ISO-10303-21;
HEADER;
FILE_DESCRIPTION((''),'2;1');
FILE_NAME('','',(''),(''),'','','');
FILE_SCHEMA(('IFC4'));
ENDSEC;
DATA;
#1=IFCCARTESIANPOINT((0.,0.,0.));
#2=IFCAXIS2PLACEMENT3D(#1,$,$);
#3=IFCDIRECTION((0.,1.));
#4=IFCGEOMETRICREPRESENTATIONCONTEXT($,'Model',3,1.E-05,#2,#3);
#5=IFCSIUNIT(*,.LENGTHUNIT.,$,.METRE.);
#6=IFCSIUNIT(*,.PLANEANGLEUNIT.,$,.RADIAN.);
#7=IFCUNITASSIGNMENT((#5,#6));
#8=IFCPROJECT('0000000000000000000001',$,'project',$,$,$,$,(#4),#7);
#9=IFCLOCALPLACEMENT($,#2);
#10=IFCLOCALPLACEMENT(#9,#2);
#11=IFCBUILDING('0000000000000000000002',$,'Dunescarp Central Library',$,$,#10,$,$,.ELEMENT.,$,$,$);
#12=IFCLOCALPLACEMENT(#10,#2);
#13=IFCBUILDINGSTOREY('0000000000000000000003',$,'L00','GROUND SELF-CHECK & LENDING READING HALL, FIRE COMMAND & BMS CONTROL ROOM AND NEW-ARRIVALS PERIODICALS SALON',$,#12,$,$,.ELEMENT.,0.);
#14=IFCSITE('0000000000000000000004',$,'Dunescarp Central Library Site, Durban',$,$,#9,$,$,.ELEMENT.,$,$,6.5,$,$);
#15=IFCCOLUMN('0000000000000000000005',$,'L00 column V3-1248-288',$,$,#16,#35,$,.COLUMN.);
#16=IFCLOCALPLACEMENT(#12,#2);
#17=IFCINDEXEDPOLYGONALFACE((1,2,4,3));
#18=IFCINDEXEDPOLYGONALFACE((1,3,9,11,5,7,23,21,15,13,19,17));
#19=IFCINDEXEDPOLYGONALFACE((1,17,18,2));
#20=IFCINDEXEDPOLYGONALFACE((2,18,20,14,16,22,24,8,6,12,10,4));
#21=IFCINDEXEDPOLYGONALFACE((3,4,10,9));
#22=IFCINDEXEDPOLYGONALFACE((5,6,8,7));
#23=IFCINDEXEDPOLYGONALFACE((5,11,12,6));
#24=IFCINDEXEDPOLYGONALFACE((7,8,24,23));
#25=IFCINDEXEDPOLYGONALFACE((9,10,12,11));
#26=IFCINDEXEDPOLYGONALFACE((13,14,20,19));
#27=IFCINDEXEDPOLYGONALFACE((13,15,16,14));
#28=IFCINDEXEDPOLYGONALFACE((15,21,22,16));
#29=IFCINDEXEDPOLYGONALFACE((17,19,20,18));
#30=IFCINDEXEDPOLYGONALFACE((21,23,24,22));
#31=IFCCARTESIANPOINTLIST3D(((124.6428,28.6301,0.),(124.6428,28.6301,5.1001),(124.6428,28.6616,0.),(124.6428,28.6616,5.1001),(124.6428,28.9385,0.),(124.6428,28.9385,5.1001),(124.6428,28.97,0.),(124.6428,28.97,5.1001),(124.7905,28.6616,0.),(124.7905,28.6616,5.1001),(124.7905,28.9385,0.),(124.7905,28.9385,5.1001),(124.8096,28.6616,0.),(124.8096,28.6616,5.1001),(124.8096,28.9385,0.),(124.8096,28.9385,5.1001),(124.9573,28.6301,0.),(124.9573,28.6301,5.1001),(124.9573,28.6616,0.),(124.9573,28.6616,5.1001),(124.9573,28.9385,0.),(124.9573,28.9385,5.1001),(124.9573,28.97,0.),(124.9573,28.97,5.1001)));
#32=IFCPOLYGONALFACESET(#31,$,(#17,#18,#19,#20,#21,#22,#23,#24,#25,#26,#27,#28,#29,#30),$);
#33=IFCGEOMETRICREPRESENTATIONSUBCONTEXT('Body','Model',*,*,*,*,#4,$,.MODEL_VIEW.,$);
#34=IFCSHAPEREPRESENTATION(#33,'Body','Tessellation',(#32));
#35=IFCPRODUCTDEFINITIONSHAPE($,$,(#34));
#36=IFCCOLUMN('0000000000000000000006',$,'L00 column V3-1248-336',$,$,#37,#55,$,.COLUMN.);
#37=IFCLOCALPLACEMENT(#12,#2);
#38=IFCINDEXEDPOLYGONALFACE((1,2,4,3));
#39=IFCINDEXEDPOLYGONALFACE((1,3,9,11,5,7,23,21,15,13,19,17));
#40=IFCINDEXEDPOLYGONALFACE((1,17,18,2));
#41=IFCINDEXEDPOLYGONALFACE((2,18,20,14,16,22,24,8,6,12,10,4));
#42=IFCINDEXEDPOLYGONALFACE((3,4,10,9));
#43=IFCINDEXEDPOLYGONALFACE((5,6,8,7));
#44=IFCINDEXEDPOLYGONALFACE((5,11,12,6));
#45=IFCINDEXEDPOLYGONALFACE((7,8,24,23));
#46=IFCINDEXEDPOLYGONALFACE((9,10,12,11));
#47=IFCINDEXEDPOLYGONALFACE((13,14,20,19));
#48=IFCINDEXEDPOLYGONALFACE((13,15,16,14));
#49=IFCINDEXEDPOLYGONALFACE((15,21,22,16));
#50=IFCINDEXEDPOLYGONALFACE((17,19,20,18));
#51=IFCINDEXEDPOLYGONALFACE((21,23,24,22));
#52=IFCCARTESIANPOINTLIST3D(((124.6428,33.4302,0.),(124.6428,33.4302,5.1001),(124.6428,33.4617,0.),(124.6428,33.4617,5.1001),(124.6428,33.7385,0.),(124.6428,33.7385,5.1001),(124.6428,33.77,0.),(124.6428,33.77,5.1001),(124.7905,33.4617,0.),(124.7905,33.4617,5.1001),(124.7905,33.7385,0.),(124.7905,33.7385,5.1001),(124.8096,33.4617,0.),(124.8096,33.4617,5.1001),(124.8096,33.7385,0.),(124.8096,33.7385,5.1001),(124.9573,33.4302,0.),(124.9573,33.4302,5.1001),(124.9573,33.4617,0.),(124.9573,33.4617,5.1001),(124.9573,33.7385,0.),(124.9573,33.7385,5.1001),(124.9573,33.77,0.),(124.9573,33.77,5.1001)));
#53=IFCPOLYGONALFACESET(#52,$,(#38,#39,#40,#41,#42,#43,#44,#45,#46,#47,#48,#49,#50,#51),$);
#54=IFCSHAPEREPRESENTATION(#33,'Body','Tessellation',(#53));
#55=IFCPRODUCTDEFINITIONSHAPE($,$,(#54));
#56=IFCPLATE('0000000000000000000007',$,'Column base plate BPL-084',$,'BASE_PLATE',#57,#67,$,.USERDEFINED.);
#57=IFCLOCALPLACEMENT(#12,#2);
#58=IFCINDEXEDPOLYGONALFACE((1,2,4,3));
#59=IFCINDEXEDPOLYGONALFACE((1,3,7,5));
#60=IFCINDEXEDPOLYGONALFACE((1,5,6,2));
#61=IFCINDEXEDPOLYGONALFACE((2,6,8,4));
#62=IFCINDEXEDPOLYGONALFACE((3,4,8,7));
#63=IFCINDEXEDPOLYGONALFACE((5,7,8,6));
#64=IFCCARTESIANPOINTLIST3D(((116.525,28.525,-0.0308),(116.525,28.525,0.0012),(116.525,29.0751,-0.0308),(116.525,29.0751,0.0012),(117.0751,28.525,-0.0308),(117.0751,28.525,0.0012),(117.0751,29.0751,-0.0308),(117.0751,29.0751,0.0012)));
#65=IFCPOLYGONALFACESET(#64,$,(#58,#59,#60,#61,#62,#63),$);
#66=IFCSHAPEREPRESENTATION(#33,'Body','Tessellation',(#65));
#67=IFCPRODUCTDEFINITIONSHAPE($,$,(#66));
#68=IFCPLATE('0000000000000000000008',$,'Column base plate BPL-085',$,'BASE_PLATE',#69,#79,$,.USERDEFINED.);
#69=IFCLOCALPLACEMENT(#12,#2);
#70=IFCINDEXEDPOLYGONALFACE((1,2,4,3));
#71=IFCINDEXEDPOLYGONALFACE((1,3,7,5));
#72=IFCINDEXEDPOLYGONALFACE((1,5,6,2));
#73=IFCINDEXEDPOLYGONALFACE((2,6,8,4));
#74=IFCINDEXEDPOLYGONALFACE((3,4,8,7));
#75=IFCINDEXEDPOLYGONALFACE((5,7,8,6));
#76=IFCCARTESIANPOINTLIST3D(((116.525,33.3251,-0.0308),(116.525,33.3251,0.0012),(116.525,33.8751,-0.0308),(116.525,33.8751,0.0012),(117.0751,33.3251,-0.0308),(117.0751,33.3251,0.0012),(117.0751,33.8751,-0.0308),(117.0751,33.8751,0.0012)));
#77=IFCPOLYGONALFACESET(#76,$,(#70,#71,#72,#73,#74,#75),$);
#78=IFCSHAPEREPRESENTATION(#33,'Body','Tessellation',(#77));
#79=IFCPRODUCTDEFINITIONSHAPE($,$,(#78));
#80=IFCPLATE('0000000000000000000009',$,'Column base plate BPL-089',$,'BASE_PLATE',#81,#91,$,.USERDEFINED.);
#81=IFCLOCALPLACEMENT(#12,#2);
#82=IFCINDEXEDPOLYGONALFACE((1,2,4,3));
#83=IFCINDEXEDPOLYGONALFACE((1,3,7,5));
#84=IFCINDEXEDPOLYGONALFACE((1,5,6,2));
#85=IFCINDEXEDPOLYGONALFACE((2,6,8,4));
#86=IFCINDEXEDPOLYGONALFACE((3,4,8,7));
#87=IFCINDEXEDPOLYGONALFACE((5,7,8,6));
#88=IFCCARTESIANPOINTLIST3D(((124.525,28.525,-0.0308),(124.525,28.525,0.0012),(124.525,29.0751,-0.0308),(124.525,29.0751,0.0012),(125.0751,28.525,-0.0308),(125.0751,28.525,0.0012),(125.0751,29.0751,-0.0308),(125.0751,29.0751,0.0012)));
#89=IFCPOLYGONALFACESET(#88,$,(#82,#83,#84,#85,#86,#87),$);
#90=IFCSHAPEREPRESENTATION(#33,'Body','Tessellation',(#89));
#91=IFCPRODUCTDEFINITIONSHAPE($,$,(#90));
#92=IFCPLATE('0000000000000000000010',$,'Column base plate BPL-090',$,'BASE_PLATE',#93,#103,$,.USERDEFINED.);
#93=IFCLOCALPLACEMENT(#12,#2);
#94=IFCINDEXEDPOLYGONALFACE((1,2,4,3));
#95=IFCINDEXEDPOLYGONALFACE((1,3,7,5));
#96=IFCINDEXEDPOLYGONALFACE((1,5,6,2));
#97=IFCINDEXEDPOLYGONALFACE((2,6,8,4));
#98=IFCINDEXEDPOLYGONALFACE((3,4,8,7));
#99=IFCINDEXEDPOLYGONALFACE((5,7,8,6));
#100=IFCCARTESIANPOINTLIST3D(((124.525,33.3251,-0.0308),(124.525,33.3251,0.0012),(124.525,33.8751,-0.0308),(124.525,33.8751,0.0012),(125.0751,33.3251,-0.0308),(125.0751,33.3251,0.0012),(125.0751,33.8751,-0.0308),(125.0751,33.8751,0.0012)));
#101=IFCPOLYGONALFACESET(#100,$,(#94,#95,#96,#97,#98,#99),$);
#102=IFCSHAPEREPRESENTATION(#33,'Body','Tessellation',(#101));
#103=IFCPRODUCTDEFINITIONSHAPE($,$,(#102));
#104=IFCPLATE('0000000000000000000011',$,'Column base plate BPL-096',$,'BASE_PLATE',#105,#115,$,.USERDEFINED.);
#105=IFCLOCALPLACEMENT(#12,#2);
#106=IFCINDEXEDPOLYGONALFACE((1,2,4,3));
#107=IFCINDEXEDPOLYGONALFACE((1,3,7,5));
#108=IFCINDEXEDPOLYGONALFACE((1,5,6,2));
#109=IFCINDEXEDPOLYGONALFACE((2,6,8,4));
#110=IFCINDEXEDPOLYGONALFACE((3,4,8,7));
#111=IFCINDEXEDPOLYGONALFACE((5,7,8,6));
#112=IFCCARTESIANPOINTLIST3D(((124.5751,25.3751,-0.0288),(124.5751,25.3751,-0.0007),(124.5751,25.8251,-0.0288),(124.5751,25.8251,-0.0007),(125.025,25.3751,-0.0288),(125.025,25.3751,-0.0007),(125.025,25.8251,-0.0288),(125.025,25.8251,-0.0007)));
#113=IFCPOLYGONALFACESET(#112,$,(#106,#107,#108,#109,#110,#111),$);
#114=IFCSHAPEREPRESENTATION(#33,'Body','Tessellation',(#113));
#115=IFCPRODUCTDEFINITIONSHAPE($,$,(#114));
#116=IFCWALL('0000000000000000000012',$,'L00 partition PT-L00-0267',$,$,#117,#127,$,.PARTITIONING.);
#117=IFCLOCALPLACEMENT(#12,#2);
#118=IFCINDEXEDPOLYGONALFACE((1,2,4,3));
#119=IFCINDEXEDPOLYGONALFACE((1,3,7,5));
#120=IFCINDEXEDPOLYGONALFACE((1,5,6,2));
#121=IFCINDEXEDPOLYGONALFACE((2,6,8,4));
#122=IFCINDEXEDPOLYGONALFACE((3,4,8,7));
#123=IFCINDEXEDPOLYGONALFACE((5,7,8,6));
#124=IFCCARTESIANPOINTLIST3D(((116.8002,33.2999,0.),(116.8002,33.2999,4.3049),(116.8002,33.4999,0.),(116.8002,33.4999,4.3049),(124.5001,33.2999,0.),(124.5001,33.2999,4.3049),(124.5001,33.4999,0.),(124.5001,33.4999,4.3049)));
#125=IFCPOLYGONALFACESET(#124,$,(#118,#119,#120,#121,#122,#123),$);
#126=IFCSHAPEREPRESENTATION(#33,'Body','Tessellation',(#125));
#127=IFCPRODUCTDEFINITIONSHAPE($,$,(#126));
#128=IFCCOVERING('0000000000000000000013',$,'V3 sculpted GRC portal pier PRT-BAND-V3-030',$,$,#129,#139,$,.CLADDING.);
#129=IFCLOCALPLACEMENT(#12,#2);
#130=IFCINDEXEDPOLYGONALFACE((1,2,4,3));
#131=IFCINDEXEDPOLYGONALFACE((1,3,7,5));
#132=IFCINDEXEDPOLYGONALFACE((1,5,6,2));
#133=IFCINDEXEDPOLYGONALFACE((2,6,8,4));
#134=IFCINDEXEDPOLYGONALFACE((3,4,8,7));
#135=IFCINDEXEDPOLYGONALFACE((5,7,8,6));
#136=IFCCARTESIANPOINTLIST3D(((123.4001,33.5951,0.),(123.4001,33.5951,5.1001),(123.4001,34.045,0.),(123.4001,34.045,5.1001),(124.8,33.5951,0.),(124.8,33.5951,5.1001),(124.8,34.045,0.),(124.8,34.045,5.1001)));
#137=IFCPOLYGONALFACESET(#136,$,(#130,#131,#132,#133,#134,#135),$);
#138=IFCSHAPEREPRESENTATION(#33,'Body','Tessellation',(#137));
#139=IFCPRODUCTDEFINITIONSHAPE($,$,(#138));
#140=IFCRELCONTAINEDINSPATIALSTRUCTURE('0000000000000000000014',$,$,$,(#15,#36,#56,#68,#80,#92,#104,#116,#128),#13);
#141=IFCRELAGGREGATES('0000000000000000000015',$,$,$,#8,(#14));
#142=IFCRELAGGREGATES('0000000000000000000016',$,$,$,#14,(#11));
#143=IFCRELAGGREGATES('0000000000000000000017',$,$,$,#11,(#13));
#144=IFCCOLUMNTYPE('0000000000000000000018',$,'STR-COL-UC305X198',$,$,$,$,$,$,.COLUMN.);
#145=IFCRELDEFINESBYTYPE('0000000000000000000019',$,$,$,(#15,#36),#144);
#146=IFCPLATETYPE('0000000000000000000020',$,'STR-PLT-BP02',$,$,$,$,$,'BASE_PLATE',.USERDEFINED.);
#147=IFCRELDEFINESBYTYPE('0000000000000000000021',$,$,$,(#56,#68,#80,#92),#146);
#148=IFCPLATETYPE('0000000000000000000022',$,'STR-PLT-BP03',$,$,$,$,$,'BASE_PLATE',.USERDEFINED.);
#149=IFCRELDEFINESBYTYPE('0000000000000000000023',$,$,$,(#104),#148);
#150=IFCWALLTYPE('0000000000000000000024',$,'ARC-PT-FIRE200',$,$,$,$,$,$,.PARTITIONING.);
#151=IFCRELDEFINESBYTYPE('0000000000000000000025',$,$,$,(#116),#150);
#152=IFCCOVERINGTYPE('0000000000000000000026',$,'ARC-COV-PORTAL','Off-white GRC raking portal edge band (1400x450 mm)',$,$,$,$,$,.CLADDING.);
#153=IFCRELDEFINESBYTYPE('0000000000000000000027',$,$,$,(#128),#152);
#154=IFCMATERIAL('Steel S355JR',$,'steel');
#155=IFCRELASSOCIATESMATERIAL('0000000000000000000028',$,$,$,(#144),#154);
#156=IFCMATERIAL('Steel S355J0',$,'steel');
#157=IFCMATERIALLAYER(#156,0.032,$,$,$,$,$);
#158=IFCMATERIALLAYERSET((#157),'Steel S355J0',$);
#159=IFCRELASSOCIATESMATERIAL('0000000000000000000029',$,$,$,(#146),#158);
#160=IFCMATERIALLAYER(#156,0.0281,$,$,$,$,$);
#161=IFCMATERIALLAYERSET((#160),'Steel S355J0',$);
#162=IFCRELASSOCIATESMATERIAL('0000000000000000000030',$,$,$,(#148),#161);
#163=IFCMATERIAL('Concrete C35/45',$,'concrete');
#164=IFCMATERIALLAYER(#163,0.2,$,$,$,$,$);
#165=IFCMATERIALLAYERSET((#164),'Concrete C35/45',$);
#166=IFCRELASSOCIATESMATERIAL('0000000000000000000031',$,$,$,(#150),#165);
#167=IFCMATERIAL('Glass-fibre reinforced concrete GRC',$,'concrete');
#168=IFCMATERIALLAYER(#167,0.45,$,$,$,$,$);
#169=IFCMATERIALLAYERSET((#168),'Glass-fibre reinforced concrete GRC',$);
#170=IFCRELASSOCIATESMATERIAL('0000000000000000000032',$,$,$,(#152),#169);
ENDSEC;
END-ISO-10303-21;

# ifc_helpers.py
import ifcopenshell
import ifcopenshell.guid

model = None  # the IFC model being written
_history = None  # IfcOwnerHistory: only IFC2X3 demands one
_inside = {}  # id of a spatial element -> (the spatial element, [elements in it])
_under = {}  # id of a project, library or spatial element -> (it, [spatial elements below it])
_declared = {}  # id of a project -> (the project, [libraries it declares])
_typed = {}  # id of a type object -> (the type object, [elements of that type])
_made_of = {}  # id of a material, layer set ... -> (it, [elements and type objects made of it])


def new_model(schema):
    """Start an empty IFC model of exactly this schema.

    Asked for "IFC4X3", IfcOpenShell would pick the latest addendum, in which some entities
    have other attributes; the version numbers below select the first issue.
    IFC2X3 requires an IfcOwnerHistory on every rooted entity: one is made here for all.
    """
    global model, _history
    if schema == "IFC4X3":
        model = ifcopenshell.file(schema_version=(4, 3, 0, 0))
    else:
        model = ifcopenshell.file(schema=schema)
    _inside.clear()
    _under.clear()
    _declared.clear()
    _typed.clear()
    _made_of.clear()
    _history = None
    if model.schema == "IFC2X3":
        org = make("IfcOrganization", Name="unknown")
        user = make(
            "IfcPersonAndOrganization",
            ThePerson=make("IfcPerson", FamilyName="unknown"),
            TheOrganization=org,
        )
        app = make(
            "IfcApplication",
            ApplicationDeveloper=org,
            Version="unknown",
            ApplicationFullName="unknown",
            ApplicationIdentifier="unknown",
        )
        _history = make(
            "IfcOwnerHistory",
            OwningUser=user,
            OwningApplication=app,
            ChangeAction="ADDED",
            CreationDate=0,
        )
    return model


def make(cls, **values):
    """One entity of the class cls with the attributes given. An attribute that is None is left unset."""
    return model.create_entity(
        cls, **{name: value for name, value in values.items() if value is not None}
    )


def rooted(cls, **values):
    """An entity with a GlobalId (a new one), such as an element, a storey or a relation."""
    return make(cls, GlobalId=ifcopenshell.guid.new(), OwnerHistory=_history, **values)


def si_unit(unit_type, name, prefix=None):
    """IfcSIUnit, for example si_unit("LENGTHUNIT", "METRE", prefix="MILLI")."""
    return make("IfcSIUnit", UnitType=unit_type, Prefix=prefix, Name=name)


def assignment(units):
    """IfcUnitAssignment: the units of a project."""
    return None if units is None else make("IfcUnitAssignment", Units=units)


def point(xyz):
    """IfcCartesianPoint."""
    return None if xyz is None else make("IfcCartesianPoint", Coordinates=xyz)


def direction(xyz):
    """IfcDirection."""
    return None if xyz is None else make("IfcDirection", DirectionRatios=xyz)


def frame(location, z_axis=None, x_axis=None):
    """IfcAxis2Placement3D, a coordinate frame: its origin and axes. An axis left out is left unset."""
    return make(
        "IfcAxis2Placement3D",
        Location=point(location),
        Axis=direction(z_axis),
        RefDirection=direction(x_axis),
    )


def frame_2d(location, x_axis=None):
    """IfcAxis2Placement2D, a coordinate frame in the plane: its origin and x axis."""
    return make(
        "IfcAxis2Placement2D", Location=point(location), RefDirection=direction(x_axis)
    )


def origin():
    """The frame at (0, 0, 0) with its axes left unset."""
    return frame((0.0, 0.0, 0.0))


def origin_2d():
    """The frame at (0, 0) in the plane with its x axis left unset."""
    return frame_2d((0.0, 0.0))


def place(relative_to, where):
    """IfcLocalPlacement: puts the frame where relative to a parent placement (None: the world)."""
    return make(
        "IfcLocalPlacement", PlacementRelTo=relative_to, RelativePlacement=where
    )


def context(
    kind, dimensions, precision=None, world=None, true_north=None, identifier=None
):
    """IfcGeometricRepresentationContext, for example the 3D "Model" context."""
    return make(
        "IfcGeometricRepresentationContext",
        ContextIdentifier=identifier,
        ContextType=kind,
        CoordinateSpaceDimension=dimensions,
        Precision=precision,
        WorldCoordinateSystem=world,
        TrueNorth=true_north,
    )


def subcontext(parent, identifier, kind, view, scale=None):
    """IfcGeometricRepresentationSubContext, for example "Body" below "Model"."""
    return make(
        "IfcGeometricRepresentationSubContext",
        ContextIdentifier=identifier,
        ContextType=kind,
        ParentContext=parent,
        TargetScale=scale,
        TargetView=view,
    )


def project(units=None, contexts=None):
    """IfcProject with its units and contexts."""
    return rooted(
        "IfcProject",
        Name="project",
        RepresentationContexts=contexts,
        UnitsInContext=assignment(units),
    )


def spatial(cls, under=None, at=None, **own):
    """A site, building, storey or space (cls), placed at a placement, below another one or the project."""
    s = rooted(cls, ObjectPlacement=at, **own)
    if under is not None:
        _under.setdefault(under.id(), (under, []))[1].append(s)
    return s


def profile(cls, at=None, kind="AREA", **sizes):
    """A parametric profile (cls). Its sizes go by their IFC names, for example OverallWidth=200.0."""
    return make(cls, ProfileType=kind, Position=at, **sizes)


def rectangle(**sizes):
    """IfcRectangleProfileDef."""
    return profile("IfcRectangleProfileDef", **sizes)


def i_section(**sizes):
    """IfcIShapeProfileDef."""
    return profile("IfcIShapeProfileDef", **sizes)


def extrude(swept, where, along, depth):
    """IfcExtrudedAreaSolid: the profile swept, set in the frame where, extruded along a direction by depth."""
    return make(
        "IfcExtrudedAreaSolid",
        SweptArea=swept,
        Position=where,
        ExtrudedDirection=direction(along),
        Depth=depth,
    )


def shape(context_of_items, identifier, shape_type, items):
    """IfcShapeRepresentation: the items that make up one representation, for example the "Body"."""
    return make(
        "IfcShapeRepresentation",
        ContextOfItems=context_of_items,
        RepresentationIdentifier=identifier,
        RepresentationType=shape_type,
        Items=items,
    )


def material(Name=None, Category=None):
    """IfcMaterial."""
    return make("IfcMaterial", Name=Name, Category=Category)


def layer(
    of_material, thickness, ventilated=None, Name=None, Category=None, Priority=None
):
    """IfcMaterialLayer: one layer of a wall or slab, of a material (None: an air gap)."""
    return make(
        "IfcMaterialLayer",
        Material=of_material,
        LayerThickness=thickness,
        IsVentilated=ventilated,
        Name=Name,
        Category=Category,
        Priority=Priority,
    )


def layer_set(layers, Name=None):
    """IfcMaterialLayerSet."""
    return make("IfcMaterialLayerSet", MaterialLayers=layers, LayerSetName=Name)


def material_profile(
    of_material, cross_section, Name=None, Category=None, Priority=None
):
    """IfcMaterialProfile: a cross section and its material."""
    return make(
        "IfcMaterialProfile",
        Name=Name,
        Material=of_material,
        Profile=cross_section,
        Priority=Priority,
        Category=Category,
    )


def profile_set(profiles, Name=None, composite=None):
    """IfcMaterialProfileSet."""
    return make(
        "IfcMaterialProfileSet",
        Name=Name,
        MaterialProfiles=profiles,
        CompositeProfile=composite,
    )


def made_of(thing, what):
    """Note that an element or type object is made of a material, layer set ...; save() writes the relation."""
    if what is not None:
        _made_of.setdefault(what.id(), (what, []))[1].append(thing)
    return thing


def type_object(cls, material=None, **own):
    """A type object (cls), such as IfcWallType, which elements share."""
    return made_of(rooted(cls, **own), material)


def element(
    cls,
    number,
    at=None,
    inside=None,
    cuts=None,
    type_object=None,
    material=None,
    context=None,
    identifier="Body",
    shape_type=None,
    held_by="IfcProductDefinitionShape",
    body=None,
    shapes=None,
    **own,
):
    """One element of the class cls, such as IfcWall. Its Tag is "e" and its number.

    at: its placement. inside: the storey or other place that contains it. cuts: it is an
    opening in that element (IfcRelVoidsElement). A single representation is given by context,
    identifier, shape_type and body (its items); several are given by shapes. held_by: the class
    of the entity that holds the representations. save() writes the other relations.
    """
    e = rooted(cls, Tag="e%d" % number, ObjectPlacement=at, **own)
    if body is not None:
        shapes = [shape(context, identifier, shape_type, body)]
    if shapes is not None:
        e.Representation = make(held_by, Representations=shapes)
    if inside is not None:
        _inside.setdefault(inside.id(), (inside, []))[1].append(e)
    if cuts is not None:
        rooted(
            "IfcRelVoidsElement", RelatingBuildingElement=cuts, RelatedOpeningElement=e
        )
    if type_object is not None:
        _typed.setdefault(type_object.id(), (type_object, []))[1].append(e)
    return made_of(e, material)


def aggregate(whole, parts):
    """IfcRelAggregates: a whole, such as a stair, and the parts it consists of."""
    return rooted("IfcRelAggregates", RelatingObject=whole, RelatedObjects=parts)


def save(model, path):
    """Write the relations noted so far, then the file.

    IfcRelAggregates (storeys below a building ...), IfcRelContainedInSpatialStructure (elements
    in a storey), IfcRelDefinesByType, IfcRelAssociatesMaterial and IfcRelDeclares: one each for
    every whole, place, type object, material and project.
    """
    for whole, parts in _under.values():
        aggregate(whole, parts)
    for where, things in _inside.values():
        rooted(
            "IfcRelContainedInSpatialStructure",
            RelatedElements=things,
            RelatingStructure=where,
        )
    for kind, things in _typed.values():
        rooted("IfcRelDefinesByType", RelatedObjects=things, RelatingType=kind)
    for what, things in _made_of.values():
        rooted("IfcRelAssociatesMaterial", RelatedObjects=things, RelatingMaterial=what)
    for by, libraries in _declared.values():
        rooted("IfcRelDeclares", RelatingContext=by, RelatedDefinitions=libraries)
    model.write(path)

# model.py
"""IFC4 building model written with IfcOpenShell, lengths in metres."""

from ifc_helpers import new_model, si_unit, direction, frame, frame_2d, origin, origin_2d, place, context, subcontext, project, spatial, rectangle, i_section, extrude, material, layer, layer_set, material_profile, profile_set, type_object, element, save


model = new_model("IFC4")

# Units and contexts
model_context = context("Model", 3, precision=1e-05, world=origin(), true_north=direction((0.0, 1.0)))
body_context = subcontext(model_context, "Body", "Model", "MODEL_VIEW")
ifc_project = project(units=[si_unit("LENGTHUNIT", "METRE"), si_unit("PLANEANGLEUNIT", "RADIAN")], contexts=[model_context])

# Site, building, storey
site_placement = place(None, origin())
site = spatial("IfcSite", under=ifc_project, at=site_placement, Name="Dunescarp Central Library Site, Durban", CompositionType="ELEMENT", RefElevation=6.5)
building_placement = place(site_placement, origin())
building = spatial("IfcBuilding", under=site, at=building_placement, Name="Dunescarp Central Library", CompositionType="ELEMENT")
storey_placement = place(building_placement, origin())
storey = spatial("IfcBuildingStorey", under=building, at=storey_placement, Name="L00", Description="GROUND SELF-CHECK & LENDING READING HALL, FIRE COMMAND & BMS CONTROL ROOM AND NEW-ARRIVALS PERIODICALS SALON", CompositionType="ELEMENT", Elevation=0.0)

# Shared definitions
ifc_material_1 = material(Name="Concrete C35/45", Category="concrete")

# Columns
ifc_material_2 = material(Name="Steel S355JR", Category="steel")
ifc_material_profile_1 = material_profile(ifc_material_2, i_section(OverallWidth=0.3145, OverallDepth=0.3398, WebThickness=0.019, FlangeThickness=0.0315, at=origin_2d()), Name="UC 305x305x198")
ifc_profile_set_1 = profile_set([ifc_material_profile_1], Name="Steel S355JR")
column_type_1 = type_object("IfcColumnType", Name="STR-COL-UC305X198", PredefinedType="COLUMN", material=ifc_profile_set_1)
for number, where, z_axis, x_axis, name in (
    (1, (124.8, 28.8, 0.0), (0.0, 0.0, 1.0), (1.0, 0.0, 0.0), "L00 column V3-1248-288"),
    (2, (124.8, 33.6001, 0.0), (0.0, 0.0, 1.0), (1.0, 0.0, 0.0), "L00 column V3-1248-336"),
):
    element("IfcColumn", number, at=place(storey_placement, frame(where, z_axis=z_axis, x_axis=x_axis)), inside=storey, type_object=column_type_1, Name=name, PredefinedType="COLUMN", context=body_context, shape_type="SweptSolid", body=[
        extrude(i_section(OverallWidth=0.3145, OverallDepth=0.3398, WebThickness=0.019, FlangeThickness=0.0315, at=origin_2d()), origin(), (0.0, 0.0, 1.0), 5.1001),
    ])

# Plates
ifc_material_3 = material(Name="Steel S355J0", Category="steel")
ifc_layer_1 = layer(ifc_material_3, 0.032)
ifc_layer_set_1 = layer_set([ifc_layer_1], Name="Steel S355J0")
plate_type_1 = type_object("IfcPlateType", Name="STR-PLT-BP02", ElementType="BASE_PLATE", PredefinedType="USERDEFINED", material=ifc_layer_set_1)
for number, where, z_axis, x_axis, name in (
    (3, (116.8, 28.8, -0.0308), (0.0, 0.0, 1.0), (1.0, 0.0, 0.0), "Column base plate BPL-084"),
    (4, (116.8, 33.6001, -0.0308), (0.0, 0.0, 1.0), (1.0, 0.0, 0.0), "Column base plate BPL-085"),
    (5, (124.8, 28.8, -0.0308), (0.0, 0.0, 1.0), (1.0, 0.0, 0.0), "Column base plate BPL-089"),
    (6, (124.8, 33.6001, -0.0308), (0.0, 0.0, 1.0), (1.0, 0.0, 0.0), "Column base plate BPL-090"),
):
    element("IfcPlate", number, at=place(storey_placement, frame(where, z_axis=z_axis, x_axis=x_axis)), inside=storey, type_object=plate_type_1, Name=name, ObjectType="BASE_PLATE", PredefinedType="USERDEFINED", context=body_context, shape_type="SweptSolid", body=[
        extrude(rectangle(XDim=0.55, YDim=0.55, at=origin_2d()), origin(), (0.0, 0.0, 1.0), 0.032),
    ])
ifc_layer_2 = layer(ifc_material_3, 0.0281)
ifc_layer_set_2 = layer_set([ifc_layer_2], Name="Steel S355J0")
plate_type_2 = type_object("IfcPlateType", Name="STR-PLT-BP03", ElementType="BASE_PLATE", PredefinedType="USERDEFINED", material=ifc_layer_set_2)
plate_placement = place(storey_placement, frame((124.8, 25.6001, -0.0288), z_axis=(0.0, 0.0, 1.0), x_axis=(1.0, 0.0, 0.0)))
element("IfcPlate", 7, at=plate_placement, inside=storey, type_object=plate_type_2, Name="Column base plate BPL-096", ObjectType="BASE_PLATE", PredefinedType="USERDEFINED", context=body_context, shape_type="SweptSolid", body=[
    extrude(rectangle(XDim=0.45, YDim=0.45, at=origin_2d()), origin(), (0.0, 0.0, 1.0), 0.0281),
])

# Wall
ifc_layer_3 = layer(ifc_material_1, 0.2)
ifc_layer_set_3 = layer_set([ifc_layer_3], Name="Concrete C35/45")
wall_type = type_object("IfcWallType", Name="ARC-PT-FIRE200", PredefinedType="PARTITIONING", material=ifc_layer_set_3)
wall_placement = place(storey_placement, frame((116.8, 33.3999, 0.0), z_axis=(0.0, 0.0, 1.0), x_axis=(1.0, 0.0, 0.0)))
element("IfcWall", 8, at=wall_placement, inside=storey, type_object=wall_type, Name="L00 partition PT-L00-0267", PredefinedType="PARTITIONING", context=body_context, shape_type="SweptSolid", body=[
    extrude(rectangle(XDim=7.7, YDim=0.2, at=frame_2d((3.8501, 0.0))), origin(), (0.0, 0.0, 1.0), 4.3049),
])

# Covering
ifc_material_4 = material(Name="Glass-fibre reinforced concrete GRC", Category="concrete")
ifc_layer_4 = layer(ifc_material_4, 0.45)
ifc_layer_set_4 = layer_set([ifc_layer_4], Name="Glass-fibre reinforced concrete GRC")
covering_type = type_object("IfcCoveringType", Name="ARC-COV-PORTAL", Description="Off-white GRC raking portal edge band (1400x450 mm)", PredefinedType="CLADDING", material=ifc_layer_set_4)
covering_placement = place(storey_placement, frame((124.1001, 33.8201, 0.0), z_axis=(0.0, 0.0, 1.0), x_axis=(1.0, 0.0, 0.0)))
element("IfcCovering", 9, at=covering_placement, inside=storey, type_object=covering_type, Name="V3 sculpted GRC portal pier PRT-BAND-V3-030", PredefinedType="CLADDING", context=body_context, shape_type="SweptSolid", body=[
    extrude(rectangle(XDim=1.3999, YDim=0.45, at=origin_2d()), origin(), (0.0, 0.0, 1.0), 5.1001),
])

save(model, "model.ifc")
